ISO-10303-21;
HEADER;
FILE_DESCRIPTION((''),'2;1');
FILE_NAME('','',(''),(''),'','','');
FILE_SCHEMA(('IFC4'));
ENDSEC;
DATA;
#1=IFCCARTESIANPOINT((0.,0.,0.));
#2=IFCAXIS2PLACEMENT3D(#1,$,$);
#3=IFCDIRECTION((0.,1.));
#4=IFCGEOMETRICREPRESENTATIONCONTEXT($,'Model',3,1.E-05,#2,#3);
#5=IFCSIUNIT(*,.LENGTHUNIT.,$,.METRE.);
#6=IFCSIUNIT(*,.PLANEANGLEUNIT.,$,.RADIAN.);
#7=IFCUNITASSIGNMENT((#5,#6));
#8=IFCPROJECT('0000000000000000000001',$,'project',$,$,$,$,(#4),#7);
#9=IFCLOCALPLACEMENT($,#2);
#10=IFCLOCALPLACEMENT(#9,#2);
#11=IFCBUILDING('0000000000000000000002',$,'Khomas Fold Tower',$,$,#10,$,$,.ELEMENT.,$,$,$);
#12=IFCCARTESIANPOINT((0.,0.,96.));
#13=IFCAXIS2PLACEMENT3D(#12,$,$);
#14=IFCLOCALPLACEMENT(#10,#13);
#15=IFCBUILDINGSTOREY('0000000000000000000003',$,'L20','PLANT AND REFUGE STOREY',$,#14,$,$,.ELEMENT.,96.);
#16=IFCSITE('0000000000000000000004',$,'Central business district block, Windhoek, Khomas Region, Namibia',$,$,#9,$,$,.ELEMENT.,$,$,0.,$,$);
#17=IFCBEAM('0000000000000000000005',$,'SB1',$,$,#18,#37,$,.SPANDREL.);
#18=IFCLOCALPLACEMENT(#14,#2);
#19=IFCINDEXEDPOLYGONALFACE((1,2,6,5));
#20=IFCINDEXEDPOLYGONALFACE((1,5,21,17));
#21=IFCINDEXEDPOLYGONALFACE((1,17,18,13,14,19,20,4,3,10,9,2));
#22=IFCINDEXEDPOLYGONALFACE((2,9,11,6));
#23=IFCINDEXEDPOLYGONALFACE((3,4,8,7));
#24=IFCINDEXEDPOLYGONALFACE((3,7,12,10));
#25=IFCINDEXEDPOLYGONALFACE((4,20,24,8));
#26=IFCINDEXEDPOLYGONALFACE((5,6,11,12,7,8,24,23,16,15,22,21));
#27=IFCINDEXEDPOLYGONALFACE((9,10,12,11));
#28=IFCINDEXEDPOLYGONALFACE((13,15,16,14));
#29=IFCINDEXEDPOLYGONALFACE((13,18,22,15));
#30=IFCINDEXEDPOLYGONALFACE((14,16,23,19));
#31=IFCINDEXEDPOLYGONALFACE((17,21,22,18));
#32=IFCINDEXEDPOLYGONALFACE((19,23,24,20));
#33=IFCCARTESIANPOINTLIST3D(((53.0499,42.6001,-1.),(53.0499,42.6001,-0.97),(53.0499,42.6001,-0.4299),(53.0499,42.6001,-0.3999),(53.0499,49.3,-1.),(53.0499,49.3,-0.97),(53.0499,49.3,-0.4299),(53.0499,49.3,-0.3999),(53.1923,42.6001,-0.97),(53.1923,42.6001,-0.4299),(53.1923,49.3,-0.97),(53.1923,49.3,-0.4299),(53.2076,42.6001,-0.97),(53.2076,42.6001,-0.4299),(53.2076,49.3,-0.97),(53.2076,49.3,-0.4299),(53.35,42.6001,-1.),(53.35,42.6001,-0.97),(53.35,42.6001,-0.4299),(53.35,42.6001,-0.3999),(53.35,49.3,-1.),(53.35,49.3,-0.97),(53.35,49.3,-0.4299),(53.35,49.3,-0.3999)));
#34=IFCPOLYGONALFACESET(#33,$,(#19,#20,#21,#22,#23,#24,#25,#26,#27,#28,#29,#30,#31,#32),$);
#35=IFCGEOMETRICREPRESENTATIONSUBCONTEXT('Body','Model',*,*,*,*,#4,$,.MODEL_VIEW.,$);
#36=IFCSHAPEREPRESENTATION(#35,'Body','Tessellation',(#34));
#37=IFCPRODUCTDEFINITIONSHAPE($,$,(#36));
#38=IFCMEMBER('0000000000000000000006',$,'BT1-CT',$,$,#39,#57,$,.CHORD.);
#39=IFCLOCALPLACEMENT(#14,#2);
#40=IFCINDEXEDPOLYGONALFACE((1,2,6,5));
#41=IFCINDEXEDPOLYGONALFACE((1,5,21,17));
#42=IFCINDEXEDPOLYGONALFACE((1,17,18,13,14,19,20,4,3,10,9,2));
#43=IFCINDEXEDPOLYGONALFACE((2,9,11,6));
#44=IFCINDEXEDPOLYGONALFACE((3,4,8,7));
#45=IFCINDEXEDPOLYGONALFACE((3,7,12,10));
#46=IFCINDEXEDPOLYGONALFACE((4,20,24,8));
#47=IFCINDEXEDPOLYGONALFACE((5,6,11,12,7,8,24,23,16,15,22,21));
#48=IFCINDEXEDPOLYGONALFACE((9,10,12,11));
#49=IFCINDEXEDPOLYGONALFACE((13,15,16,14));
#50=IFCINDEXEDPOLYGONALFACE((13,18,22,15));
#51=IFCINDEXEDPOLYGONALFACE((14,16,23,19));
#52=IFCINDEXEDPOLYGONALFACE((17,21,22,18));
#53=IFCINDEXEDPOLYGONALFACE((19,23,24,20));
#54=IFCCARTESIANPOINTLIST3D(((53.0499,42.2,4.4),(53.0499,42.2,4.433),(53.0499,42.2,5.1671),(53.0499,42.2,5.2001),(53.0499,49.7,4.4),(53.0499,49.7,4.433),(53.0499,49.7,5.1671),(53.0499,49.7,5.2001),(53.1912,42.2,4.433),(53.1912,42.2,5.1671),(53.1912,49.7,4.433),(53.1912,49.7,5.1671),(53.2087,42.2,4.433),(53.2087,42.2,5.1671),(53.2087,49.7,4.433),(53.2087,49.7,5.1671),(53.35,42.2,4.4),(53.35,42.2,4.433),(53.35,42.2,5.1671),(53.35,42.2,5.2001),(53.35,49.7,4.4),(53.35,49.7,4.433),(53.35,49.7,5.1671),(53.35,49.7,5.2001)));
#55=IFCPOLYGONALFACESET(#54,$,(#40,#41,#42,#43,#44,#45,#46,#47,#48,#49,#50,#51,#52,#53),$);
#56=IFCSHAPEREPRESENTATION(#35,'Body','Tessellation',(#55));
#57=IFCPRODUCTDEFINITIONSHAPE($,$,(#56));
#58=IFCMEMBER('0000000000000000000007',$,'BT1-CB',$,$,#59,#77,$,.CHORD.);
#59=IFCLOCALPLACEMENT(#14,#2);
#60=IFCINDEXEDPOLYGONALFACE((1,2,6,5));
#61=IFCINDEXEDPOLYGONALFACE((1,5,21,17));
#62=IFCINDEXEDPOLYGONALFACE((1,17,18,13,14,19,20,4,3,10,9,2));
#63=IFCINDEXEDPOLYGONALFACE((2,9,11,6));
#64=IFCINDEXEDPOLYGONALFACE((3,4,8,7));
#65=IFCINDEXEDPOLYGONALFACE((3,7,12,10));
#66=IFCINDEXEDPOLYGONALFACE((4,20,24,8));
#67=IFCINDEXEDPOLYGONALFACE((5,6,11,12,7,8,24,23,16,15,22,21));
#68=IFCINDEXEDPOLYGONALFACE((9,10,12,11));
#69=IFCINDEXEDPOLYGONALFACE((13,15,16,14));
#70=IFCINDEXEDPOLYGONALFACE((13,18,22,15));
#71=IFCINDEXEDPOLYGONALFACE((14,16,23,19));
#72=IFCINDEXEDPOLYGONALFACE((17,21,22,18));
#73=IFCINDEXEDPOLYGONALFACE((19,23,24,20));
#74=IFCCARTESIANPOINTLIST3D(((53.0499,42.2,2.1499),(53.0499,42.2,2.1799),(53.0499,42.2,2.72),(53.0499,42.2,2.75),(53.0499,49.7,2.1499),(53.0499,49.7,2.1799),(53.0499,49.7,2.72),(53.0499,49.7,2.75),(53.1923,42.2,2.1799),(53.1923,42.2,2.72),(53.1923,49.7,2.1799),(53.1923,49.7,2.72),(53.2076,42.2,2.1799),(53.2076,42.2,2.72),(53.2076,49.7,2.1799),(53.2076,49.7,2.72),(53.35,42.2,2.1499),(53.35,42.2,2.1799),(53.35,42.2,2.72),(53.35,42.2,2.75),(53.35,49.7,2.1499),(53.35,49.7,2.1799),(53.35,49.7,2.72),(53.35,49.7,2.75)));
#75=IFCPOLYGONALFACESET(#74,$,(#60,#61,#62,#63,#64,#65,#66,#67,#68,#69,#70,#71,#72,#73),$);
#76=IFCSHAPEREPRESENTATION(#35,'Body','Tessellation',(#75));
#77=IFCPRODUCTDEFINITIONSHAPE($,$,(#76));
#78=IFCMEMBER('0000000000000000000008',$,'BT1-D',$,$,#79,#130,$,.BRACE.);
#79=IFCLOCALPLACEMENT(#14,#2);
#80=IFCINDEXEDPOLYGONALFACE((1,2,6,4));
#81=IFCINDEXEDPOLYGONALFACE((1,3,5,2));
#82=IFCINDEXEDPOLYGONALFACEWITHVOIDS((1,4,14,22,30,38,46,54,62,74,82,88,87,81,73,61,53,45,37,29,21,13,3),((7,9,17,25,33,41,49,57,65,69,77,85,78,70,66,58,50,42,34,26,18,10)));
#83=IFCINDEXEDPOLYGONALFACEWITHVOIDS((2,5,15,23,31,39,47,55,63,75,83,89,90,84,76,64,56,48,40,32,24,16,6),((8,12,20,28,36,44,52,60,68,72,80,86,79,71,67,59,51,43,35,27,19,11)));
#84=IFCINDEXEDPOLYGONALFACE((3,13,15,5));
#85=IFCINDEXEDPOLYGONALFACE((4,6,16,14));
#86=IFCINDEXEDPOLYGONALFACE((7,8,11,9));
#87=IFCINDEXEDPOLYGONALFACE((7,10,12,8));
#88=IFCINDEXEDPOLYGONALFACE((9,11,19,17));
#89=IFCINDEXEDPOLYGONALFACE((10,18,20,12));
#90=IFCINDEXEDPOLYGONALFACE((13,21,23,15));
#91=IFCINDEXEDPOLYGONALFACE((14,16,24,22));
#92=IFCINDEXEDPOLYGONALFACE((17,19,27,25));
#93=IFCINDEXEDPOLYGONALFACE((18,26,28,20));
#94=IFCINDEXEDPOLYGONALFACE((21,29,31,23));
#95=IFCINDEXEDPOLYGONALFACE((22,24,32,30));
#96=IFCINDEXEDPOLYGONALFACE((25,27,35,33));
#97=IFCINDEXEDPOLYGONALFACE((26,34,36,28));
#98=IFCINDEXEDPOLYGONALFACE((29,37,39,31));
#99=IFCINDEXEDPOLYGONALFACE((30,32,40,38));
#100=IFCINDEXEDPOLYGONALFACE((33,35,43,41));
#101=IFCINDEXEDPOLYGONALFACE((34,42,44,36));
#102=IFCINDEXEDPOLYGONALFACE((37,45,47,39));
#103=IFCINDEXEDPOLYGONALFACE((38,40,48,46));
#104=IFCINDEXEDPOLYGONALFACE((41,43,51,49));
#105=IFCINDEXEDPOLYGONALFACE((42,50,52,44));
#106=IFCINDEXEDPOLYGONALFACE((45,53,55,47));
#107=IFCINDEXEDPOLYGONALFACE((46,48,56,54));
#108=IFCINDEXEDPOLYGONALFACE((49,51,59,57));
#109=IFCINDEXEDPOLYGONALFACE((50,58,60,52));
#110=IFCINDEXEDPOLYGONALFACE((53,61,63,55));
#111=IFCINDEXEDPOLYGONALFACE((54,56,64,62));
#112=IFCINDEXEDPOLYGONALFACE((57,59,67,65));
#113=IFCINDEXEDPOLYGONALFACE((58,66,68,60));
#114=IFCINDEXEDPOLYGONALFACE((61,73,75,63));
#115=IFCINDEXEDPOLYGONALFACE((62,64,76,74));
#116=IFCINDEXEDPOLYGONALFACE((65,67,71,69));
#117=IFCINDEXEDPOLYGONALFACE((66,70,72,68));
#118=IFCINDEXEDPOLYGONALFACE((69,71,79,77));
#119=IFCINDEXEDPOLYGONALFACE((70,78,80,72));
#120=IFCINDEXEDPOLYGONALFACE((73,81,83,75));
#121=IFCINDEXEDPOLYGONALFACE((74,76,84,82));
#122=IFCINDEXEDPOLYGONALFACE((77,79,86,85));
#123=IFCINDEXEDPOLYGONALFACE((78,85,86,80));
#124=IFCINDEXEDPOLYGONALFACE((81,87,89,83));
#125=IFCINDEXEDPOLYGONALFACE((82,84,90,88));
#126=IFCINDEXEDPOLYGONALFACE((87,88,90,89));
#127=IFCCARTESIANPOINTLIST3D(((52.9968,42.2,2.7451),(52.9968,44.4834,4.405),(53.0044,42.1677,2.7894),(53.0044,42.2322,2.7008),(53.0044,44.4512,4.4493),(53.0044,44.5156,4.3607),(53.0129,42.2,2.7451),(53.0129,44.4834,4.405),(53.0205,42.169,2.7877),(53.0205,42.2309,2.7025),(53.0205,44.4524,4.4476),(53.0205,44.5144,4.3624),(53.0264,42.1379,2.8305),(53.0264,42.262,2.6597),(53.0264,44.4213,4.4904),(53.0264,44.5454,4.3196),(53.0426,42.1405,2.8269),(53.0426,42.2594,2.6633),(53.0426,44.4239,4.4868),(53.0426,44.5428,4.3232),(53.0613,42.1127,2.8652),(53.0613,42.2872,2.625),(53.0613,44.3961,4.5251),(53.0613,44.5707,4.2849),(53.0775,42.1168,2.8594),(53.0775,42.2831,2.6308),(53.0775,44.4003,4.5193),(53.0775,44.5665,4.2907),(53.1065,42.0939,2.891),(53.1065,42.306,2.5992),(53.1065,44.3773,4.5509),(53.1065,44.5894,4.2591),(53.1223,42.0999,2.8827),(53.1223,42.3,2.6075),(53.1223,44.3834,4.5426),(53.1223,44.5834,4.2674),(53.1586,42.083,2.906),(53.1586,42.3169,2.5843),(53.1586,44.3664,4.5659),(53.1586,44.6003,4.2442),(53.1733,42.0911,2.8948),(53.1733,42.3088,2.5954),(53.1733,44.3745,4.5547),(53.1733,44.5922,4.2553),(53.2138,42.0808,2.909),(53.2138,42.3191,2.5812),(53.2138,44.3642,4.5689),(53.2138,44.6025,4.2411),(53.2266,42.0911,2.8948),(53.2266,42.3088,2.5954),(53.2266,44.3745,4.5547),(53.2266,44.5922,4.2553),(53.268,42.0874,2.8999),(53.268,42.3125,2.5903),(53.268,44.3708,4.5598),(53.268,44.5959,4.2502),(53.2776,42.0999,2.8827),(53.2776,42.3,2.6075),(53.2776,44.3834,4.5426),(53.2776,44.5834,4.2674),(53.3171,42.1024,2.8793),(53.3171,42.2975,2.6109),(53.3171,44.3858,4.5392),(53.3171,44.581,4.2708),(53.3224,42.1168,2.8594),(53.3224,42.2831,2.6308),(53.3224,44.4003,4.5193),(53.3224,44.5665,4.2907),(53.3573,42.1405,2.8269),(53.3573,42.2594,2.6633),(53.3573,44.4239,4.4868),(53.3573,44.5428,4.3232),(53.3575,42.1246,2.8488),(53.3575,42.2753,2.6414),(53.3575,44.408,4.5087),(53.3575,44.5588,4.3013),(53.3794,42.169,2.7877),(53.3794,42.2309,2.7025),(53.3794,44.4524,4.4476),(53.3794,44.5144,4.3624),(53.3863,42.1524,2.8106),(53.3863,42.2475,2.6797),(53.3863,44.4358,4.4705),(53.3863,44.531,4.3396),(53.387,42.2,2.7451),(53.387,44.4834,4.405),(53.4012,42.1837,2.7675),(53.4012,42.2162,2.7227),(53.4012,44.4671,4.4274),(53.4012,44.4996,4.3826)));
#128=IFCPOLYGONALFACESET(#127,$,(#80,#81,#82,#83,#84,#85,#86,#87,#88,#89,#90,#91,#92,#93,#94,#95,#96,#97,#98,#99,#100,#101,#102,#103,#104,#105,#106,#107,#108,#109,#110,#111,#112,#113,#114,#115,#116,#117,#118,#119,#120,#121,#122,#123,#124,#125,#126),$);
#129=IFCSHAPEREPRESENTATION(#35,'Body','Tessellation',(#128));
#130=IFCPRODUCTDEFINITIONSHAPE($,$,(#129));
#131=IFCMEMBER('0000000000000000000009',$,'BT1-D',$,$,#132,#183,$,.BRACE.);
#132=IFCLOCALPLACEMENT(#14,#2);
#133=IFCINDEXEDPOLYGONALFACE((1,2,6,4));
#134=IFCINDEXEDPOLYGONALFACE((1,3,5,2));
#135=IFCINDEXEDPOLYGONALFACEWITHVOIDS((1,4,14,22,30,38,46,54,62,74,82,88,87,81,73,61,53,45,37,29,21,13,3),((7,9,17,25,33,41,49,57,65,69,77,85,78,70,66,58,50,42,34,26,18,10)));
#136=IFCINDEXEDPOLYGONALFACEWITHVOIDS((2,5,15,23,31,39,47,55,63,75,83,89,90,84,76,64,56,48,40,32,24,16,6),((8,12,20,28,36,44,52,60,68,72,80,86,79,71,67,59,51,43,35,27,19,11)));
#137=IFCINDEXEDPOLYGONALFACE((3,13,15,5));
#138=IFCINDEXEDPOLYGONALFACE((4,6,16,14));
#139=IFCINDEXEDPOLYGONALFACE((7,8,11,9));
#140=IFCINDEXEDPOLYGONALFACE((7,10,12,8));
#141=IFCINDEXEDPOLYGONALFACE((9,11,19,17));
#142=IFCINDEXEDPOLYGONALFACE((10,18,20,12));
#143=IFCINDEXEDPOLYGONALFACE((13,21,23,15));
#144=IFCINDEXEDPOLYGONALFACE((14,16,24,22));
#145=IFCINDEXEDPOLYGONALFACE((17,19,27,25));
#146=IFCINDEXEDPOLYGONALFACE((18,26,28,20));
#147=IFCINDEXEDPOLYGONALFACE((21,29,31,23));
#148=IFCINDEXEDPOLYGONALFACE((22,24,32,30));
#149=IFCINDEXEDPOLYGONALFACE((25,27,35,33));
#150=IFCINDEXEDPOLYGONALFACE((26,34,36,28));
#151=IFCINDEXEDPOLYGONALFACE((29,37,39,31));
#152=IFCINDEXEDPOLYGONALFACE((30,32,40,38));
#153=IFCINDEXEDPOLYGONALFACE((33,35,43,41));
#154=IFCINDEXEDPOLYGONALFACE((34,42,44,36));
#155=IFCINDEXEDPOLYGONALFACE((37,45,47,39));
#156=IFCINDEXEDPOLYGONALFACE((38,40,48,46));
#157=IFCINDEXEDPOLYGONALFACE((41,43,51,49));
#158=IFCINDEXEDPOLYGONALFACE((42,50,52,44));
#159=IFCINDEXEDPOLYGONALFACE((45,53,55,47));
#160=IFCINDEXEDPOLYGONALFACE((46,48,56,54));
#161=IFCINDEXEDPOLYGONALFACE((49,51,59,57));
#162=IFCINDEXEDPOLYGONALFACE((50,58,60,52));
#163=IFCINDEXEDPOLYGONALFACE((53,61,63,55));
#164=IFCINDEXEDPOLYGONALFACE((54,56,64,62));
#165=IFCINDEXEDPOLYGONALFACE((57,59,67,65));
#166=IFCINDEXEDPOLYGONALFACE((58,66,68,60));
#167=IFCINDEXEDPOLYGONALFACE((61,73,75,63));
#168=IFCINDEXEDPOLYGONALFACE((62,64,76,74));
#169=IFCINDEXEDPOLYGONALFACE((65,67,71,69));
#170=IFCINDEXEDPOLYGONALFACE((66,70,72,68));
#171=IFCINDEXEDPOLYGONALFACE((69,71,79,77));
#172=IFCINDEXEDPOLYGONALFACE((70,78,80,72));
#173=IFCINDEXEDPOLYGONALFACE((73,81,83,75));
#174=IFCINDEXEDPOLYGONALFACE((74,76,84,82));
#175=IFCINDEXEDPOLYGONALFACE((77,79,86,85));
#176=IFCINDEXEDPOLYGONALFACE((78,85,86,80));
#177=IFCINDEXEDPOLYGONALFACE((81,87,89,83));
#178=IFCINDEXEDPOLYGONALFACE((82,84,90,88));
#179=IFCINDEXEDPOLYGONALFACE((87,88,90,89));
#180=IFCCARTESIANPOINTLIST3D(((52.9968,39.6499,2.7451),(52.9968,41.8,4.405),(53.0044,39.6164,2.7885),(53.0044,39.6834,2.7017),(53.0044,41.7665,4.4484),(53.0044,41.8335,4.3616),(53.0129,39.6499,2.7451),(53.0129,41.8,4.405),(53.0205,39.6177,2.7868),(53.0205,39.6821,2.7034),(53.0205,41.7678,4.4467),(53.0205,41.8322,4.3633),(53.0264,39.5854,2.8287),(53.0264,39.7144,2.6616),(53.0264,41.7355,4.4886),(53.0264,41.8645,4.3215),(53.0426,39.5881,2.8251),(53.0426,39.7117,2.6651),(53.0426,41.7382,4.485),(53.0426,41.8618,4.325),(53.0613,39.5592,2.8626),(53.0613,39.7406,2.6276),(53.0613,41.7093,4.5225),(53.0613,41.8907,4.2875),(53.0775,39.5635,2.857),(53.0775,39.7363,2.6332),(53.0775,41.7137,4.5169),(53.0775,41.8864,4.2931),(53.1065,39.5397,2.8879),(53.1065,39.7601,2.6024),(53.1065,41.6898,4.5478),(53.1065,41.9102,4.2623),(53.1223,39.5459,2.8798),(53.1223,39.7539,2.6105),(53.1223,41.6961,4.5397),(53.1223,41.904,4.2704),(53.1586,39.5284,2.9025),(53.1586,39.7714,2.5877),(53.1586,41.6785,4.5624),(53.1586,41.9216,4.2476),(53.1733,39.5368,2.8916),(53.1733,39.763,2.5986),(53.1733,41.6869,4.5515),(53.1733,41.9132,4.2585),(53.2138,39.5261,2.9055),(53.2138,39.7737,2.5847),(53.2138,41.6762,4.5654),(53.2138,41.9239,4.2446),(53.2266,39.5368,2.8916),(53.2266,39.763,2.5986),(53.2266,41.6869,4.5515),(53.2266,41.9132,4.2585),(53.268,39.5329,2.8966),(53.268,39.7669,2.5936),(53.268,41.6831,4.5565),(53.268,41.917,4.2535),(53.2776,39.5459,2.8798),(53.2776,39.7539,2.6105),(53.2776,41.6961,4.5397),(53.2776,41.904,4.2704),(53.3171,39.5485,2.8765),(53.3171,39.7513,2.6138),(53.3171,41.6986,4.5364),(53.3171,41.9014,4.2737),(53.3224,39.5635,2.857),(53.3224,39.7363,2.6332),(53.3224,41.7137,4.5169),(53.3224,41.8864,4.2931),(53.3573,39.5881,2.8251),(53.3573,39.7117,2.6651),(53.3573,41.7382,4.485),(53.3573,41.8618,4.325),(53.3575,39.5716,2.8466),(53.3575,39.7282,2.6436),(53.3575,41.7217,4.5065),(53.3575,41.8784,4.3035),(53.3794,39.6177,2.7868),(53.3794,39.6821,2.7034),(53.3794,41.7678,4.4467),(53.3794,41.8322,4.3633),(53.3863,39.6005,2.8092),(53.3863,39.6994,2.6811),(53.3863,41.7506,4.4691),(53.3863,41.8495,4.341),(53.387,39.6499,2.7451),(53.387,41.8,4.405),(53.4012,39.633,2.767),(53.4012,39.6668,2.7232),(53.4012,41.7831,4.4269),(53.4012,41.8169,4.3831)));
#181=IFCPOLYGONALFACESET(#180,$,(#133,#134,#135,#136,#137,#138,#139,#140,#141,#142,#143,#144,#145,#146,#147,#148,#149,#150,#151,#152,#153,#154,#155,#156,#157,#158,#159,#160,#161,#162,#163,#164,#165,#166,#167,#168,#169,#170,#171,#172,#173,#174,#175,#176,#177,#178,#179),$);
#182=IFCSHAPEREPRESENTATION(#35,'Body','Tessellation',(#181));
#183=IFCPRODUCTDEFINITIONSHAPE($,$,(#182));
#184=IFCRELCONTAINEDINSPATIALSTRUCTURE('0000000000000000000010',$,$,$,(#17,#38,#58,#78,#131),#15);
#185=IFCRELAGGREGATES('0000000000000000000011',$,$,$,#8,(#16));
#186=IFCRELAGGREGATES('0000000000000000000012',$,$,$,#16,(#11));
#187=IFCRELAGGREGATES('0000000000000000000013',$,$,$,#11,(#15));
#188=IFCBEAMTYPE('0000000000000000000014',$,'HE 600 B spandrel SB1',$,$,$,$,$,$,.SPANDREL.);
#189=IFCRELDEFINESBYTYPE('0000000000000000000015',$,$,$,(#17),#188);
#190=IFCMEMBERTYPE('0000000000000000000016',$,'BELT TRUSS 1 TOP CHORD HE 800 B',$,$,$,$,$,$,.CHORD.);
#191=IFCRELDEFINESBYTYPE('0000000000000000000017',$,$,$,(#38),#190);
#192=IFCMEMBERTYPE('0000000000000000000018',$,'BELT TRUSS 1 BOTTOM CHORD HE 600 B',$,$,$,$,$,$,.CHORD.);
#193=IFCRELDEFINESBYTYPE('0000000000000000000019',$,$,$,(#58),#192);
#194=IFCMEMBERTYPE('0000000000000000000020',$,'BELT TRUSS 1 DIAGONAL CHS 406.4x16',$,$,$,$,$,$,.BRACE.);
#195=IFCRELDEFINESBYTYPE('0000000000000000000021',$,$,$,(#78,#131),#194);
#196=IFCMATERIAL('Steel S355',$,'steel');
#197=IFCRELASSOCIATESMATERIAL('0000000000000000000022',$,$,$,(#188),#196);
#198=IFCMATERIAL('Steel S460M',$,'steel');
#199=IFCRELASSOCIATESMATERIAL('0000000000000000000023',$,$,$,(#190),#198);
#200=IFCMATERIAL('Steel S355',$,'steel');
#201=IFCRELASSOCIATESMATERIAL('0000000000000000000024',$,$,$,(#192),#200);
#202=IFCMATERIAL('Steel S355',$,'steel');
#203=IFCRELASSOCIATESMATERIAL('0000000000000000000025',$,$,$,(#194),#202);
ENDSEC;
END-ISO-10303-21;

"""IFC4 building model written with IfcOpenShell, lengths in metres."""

from ifc_helpers import new_model, si_unit, direction, frame, origin, origin_2d, place, context, subcontext, project, spatial, hollow_circle, i_section, extrude, source, transform, mapped, material, material_profile, profile_set, type_object, element, save


model = new_model("IFC4")

# Units and contexts
model_context = context("Model", 3, precision=1e-05, world=origin(), true_north=direction((0.0, 1.0)))
body_context = subcontext(model_context, "Body", "Model", "MODEL_VIEW")
ifc_project = project(units=[si_unit("LENGTHUNIT", "METRE"), si_unit("PLANEANGLEUNIT", "RADIAN")], contexts=[model_context])

# Site, building, storey
site_placement = place(None, origin())
site = spatial("IfcSite", under=ifc_project, at=site_placement, Name="Central business district block, Windhoek, Khomas Region, Namibia", CompositionType="ELEMENT", RefElevation=0.0)
building_placement = place(site_placement, origin())
building = spatial("IfcBuilding", under=site, at=building_placement, Name="Khomas Fold Tower", CompositionType="ELEMENT")
storey_placement = place(building_placement, frame((0.0, 0.0, 96.0)))
storey = spatial("IfcBuildingStorey", under=building, at=storey_placement, Name="L20", Description="PLANT AND REFUGE STOREY", CompositionType="ELEMENT", Elevation=96.0)

# Beam
ifc_material_1 = material(Name="Steel S355", Category="steel")
ifc_material_profile_1 = material_profile(ifc_material_1, i_section(OverallWidth=0.3, OverallDepth=0.6001, WebThickness=0.0154, FlangeThickness=0.03, at=origin_2d()), Name="HE 600 B")
ifc_profile_set_1 = profile_set([ifc_material_profile_1], Name="Steel S355")
beam_type_1 = type_object("IfcBeamType", Name="HE 600 B spandrel SB1", PredefinedType="SPANDREL", material=ifc_profile_set_1)
shared_shape_1 = source(origin(), body_context, "Body", "SweptSolid", [
    extrude(i_section(OverallWidth=0.3, OverallDepth=0.6001, WebThickness=0.0154, FlangeThickness=0.03, at=origin_2d()), origin(), (0.0, 0.0, 1.0), 6.7),
])
beam_1_placement = place(storey_placement, frame((53.2, 42.6001, -0.7), z_axis=(0.0, 1.0, 0.0), x_axis=(-1.0, 0.0, 0.0)))
element("IfcBeam", 1, at=beam_1_placement, inside=storey, type_object=beam_type_1, Name="SB1", PredefinedType="SPANDREL", context=body_context, shape_type="MappedRepresentation", body=[
    mapped(shared_shape_1, transform((0.0, 0.0, 0.0))),
])

# Members
ifc_material_2 = material(Name="Steel S460M", Category="steel")
ifc_material_profile_2 = material_profile(ifc_material_2, i_section(OverallWidth=0.3, OverallDepth=0.8, WebThickness=0.0176, FlangeThickness=0.033, at=origin_2d()), Name="HE 800 B")
ifc_profile_set_2 = profile_set([ifc_material_profile_2], Name="Steel S460M")
member_type_1 = type_object("IfcMemberType", Name="BELT TRUSS 1 TOP CHORD HE 800 B", PredefinedType="CHORD", material=ifc_profile_set_2)
shared_shape_2 = source(origin(), body_context, "Body", "SweptSolid", [
    extrude(i_section(OverallWidth=0.3, OverallDepth=0.8, WebThickness=0.0176, FlangeThickness=0.033, at=origin_2d()), origin(), (0.0, 0.0, 1.0), 7.5),
])
member_1_placement = place(storey_placement, frame((53.2, 42.2, 4.8), z_axis=(0.0, 1.0, 0.0), x_axis=(-1.0, 0.0, 0.0)))
element("IfcMember", 2, at=member_1_placement, inside=storey, type_object=member_type_1, Name="BT1-CT", PredefinedType="CHORD", context=body_context, shape_type="MappedRepresentation", body=[
    mapped(shared_shape_2, transform((0.0, 0.0, 0.0))),
])
ifc_material_3 = material(Name="Steel S355", Category="steel")
ifc_material_profile_3 = material_profile(ifc_material_3, i_section(OverallWidth=0.3, OverallDepth=0.6001, WebThickness=0.0154, FlangeThickness=0.03, at=origin_2d()), Name="HE 600 B")
ifc_profile_set_3 = profile_set([ifc_material_profile_3], Name="Steel S355")
member_type_2 = type_object("IfcMemberType", Name="BELT TRUSS 1 BOTTOM CHORD HE 600 B", PredefinedType="CHORD", material=ifc_profile_set_3)
shared_shape_3 = source(origin(), body_context, "Body", "SweptSolid", [
    extrude(i_section(OverallWidth=0.3, OverallDepth=0.6001, WebThickness=0.0154, FlangeThickness=0.03, at=origin_2d()), origin(), (0.0, 0.0, 1.0), 7.5),
])
member_2_placement = place(storey_placement, frame((53.2, 42.2, 2.45), z_axis=(0.0, 1.0, 0.0), x_axis=(-1.0, 0.0, 0.0)))
element("IfcMember", 3, at=member_2_placement, inside=storey, type_object=member_type_2, Name="BT1-CB", PredefinedType="CHORD", context=body_context, shape_type="MappedRepresentation", body=[
    mapped(shared_shape_3, transform((0.0, 0.0, 0.0))),
])
ifc_material_4 = material(Name="Steel S355", Category="steel")
ifc_material_profile_4 = material_profile(ifc_material_4, hollow_circle(Radius=0.2031, WallThickness=0.0161, at=origin_2d()), Name="CHS 406.4x16")
ifc_profile_set_4 = profile_set([ifc_material_profile_4], Name="Steel S355")
member_type_3 = type_object("IfcMemberType", Name="BELT TRUSS 1 DIAGONAL CHS 406.4x16", PredefinedType="BRACE", material=ifc_profile_set_4)
shared_shape_4 = source(origin(), body_context, "Body", "SweptSolid", [
    extrude(hollow_circle(Radius=0.2031, WallThickness=0.0161, at=origin_2d()), origin(), (0.0, 0.0, 1.0), 2.823),
])
member_3_placement = place(storey_placement, frame((53.2, 42.2, 2.7451), z_axis=(0.0, 0.808867, 0.587992), x_axis=(-1.0, 0.0, 0.0)))
element("IfcMember", 4, at=member_3_placement, inside=storey, type_object=member_type_3, Name="BT1-D", PredefinedType="BRACE", context=body_context, shape_type="MappedRepresentation", body=[
    mapped(shared_shape_4, transform((0.0, 0.0, 0.0))),
])
shared_shape_5 = source(origin(), body_context, "Body", "SweptSolid", [
    extrude(hollow_circle(Radius=0.2031, WallThickness=0.0161, at=origin_2d()), origin(), (0.0, 0.0, 1.0), 2.7163),
])
for number, where, z_axis, x_axis, name in (
    (5, (53.2, 39.6499, 2.7451), (0.0, 0.791564, 0.611087), (-1.0, 0.0, 0.0), "BT1-D"),
):
    element("IfcMember", number, at=place(storey_placement, frame(where, z_axis=z_axis, x_axis=x_axis)), inside=storey, type_object=member_type_3, Name=name, PredefinedType="BRACE", context=body_context, shape_type="MappedRepresentation", body=[
        mapped(shared_shape_5, transform((0.0, 0.0, 0.0))),
    ])

save(model, "model.ifc")
